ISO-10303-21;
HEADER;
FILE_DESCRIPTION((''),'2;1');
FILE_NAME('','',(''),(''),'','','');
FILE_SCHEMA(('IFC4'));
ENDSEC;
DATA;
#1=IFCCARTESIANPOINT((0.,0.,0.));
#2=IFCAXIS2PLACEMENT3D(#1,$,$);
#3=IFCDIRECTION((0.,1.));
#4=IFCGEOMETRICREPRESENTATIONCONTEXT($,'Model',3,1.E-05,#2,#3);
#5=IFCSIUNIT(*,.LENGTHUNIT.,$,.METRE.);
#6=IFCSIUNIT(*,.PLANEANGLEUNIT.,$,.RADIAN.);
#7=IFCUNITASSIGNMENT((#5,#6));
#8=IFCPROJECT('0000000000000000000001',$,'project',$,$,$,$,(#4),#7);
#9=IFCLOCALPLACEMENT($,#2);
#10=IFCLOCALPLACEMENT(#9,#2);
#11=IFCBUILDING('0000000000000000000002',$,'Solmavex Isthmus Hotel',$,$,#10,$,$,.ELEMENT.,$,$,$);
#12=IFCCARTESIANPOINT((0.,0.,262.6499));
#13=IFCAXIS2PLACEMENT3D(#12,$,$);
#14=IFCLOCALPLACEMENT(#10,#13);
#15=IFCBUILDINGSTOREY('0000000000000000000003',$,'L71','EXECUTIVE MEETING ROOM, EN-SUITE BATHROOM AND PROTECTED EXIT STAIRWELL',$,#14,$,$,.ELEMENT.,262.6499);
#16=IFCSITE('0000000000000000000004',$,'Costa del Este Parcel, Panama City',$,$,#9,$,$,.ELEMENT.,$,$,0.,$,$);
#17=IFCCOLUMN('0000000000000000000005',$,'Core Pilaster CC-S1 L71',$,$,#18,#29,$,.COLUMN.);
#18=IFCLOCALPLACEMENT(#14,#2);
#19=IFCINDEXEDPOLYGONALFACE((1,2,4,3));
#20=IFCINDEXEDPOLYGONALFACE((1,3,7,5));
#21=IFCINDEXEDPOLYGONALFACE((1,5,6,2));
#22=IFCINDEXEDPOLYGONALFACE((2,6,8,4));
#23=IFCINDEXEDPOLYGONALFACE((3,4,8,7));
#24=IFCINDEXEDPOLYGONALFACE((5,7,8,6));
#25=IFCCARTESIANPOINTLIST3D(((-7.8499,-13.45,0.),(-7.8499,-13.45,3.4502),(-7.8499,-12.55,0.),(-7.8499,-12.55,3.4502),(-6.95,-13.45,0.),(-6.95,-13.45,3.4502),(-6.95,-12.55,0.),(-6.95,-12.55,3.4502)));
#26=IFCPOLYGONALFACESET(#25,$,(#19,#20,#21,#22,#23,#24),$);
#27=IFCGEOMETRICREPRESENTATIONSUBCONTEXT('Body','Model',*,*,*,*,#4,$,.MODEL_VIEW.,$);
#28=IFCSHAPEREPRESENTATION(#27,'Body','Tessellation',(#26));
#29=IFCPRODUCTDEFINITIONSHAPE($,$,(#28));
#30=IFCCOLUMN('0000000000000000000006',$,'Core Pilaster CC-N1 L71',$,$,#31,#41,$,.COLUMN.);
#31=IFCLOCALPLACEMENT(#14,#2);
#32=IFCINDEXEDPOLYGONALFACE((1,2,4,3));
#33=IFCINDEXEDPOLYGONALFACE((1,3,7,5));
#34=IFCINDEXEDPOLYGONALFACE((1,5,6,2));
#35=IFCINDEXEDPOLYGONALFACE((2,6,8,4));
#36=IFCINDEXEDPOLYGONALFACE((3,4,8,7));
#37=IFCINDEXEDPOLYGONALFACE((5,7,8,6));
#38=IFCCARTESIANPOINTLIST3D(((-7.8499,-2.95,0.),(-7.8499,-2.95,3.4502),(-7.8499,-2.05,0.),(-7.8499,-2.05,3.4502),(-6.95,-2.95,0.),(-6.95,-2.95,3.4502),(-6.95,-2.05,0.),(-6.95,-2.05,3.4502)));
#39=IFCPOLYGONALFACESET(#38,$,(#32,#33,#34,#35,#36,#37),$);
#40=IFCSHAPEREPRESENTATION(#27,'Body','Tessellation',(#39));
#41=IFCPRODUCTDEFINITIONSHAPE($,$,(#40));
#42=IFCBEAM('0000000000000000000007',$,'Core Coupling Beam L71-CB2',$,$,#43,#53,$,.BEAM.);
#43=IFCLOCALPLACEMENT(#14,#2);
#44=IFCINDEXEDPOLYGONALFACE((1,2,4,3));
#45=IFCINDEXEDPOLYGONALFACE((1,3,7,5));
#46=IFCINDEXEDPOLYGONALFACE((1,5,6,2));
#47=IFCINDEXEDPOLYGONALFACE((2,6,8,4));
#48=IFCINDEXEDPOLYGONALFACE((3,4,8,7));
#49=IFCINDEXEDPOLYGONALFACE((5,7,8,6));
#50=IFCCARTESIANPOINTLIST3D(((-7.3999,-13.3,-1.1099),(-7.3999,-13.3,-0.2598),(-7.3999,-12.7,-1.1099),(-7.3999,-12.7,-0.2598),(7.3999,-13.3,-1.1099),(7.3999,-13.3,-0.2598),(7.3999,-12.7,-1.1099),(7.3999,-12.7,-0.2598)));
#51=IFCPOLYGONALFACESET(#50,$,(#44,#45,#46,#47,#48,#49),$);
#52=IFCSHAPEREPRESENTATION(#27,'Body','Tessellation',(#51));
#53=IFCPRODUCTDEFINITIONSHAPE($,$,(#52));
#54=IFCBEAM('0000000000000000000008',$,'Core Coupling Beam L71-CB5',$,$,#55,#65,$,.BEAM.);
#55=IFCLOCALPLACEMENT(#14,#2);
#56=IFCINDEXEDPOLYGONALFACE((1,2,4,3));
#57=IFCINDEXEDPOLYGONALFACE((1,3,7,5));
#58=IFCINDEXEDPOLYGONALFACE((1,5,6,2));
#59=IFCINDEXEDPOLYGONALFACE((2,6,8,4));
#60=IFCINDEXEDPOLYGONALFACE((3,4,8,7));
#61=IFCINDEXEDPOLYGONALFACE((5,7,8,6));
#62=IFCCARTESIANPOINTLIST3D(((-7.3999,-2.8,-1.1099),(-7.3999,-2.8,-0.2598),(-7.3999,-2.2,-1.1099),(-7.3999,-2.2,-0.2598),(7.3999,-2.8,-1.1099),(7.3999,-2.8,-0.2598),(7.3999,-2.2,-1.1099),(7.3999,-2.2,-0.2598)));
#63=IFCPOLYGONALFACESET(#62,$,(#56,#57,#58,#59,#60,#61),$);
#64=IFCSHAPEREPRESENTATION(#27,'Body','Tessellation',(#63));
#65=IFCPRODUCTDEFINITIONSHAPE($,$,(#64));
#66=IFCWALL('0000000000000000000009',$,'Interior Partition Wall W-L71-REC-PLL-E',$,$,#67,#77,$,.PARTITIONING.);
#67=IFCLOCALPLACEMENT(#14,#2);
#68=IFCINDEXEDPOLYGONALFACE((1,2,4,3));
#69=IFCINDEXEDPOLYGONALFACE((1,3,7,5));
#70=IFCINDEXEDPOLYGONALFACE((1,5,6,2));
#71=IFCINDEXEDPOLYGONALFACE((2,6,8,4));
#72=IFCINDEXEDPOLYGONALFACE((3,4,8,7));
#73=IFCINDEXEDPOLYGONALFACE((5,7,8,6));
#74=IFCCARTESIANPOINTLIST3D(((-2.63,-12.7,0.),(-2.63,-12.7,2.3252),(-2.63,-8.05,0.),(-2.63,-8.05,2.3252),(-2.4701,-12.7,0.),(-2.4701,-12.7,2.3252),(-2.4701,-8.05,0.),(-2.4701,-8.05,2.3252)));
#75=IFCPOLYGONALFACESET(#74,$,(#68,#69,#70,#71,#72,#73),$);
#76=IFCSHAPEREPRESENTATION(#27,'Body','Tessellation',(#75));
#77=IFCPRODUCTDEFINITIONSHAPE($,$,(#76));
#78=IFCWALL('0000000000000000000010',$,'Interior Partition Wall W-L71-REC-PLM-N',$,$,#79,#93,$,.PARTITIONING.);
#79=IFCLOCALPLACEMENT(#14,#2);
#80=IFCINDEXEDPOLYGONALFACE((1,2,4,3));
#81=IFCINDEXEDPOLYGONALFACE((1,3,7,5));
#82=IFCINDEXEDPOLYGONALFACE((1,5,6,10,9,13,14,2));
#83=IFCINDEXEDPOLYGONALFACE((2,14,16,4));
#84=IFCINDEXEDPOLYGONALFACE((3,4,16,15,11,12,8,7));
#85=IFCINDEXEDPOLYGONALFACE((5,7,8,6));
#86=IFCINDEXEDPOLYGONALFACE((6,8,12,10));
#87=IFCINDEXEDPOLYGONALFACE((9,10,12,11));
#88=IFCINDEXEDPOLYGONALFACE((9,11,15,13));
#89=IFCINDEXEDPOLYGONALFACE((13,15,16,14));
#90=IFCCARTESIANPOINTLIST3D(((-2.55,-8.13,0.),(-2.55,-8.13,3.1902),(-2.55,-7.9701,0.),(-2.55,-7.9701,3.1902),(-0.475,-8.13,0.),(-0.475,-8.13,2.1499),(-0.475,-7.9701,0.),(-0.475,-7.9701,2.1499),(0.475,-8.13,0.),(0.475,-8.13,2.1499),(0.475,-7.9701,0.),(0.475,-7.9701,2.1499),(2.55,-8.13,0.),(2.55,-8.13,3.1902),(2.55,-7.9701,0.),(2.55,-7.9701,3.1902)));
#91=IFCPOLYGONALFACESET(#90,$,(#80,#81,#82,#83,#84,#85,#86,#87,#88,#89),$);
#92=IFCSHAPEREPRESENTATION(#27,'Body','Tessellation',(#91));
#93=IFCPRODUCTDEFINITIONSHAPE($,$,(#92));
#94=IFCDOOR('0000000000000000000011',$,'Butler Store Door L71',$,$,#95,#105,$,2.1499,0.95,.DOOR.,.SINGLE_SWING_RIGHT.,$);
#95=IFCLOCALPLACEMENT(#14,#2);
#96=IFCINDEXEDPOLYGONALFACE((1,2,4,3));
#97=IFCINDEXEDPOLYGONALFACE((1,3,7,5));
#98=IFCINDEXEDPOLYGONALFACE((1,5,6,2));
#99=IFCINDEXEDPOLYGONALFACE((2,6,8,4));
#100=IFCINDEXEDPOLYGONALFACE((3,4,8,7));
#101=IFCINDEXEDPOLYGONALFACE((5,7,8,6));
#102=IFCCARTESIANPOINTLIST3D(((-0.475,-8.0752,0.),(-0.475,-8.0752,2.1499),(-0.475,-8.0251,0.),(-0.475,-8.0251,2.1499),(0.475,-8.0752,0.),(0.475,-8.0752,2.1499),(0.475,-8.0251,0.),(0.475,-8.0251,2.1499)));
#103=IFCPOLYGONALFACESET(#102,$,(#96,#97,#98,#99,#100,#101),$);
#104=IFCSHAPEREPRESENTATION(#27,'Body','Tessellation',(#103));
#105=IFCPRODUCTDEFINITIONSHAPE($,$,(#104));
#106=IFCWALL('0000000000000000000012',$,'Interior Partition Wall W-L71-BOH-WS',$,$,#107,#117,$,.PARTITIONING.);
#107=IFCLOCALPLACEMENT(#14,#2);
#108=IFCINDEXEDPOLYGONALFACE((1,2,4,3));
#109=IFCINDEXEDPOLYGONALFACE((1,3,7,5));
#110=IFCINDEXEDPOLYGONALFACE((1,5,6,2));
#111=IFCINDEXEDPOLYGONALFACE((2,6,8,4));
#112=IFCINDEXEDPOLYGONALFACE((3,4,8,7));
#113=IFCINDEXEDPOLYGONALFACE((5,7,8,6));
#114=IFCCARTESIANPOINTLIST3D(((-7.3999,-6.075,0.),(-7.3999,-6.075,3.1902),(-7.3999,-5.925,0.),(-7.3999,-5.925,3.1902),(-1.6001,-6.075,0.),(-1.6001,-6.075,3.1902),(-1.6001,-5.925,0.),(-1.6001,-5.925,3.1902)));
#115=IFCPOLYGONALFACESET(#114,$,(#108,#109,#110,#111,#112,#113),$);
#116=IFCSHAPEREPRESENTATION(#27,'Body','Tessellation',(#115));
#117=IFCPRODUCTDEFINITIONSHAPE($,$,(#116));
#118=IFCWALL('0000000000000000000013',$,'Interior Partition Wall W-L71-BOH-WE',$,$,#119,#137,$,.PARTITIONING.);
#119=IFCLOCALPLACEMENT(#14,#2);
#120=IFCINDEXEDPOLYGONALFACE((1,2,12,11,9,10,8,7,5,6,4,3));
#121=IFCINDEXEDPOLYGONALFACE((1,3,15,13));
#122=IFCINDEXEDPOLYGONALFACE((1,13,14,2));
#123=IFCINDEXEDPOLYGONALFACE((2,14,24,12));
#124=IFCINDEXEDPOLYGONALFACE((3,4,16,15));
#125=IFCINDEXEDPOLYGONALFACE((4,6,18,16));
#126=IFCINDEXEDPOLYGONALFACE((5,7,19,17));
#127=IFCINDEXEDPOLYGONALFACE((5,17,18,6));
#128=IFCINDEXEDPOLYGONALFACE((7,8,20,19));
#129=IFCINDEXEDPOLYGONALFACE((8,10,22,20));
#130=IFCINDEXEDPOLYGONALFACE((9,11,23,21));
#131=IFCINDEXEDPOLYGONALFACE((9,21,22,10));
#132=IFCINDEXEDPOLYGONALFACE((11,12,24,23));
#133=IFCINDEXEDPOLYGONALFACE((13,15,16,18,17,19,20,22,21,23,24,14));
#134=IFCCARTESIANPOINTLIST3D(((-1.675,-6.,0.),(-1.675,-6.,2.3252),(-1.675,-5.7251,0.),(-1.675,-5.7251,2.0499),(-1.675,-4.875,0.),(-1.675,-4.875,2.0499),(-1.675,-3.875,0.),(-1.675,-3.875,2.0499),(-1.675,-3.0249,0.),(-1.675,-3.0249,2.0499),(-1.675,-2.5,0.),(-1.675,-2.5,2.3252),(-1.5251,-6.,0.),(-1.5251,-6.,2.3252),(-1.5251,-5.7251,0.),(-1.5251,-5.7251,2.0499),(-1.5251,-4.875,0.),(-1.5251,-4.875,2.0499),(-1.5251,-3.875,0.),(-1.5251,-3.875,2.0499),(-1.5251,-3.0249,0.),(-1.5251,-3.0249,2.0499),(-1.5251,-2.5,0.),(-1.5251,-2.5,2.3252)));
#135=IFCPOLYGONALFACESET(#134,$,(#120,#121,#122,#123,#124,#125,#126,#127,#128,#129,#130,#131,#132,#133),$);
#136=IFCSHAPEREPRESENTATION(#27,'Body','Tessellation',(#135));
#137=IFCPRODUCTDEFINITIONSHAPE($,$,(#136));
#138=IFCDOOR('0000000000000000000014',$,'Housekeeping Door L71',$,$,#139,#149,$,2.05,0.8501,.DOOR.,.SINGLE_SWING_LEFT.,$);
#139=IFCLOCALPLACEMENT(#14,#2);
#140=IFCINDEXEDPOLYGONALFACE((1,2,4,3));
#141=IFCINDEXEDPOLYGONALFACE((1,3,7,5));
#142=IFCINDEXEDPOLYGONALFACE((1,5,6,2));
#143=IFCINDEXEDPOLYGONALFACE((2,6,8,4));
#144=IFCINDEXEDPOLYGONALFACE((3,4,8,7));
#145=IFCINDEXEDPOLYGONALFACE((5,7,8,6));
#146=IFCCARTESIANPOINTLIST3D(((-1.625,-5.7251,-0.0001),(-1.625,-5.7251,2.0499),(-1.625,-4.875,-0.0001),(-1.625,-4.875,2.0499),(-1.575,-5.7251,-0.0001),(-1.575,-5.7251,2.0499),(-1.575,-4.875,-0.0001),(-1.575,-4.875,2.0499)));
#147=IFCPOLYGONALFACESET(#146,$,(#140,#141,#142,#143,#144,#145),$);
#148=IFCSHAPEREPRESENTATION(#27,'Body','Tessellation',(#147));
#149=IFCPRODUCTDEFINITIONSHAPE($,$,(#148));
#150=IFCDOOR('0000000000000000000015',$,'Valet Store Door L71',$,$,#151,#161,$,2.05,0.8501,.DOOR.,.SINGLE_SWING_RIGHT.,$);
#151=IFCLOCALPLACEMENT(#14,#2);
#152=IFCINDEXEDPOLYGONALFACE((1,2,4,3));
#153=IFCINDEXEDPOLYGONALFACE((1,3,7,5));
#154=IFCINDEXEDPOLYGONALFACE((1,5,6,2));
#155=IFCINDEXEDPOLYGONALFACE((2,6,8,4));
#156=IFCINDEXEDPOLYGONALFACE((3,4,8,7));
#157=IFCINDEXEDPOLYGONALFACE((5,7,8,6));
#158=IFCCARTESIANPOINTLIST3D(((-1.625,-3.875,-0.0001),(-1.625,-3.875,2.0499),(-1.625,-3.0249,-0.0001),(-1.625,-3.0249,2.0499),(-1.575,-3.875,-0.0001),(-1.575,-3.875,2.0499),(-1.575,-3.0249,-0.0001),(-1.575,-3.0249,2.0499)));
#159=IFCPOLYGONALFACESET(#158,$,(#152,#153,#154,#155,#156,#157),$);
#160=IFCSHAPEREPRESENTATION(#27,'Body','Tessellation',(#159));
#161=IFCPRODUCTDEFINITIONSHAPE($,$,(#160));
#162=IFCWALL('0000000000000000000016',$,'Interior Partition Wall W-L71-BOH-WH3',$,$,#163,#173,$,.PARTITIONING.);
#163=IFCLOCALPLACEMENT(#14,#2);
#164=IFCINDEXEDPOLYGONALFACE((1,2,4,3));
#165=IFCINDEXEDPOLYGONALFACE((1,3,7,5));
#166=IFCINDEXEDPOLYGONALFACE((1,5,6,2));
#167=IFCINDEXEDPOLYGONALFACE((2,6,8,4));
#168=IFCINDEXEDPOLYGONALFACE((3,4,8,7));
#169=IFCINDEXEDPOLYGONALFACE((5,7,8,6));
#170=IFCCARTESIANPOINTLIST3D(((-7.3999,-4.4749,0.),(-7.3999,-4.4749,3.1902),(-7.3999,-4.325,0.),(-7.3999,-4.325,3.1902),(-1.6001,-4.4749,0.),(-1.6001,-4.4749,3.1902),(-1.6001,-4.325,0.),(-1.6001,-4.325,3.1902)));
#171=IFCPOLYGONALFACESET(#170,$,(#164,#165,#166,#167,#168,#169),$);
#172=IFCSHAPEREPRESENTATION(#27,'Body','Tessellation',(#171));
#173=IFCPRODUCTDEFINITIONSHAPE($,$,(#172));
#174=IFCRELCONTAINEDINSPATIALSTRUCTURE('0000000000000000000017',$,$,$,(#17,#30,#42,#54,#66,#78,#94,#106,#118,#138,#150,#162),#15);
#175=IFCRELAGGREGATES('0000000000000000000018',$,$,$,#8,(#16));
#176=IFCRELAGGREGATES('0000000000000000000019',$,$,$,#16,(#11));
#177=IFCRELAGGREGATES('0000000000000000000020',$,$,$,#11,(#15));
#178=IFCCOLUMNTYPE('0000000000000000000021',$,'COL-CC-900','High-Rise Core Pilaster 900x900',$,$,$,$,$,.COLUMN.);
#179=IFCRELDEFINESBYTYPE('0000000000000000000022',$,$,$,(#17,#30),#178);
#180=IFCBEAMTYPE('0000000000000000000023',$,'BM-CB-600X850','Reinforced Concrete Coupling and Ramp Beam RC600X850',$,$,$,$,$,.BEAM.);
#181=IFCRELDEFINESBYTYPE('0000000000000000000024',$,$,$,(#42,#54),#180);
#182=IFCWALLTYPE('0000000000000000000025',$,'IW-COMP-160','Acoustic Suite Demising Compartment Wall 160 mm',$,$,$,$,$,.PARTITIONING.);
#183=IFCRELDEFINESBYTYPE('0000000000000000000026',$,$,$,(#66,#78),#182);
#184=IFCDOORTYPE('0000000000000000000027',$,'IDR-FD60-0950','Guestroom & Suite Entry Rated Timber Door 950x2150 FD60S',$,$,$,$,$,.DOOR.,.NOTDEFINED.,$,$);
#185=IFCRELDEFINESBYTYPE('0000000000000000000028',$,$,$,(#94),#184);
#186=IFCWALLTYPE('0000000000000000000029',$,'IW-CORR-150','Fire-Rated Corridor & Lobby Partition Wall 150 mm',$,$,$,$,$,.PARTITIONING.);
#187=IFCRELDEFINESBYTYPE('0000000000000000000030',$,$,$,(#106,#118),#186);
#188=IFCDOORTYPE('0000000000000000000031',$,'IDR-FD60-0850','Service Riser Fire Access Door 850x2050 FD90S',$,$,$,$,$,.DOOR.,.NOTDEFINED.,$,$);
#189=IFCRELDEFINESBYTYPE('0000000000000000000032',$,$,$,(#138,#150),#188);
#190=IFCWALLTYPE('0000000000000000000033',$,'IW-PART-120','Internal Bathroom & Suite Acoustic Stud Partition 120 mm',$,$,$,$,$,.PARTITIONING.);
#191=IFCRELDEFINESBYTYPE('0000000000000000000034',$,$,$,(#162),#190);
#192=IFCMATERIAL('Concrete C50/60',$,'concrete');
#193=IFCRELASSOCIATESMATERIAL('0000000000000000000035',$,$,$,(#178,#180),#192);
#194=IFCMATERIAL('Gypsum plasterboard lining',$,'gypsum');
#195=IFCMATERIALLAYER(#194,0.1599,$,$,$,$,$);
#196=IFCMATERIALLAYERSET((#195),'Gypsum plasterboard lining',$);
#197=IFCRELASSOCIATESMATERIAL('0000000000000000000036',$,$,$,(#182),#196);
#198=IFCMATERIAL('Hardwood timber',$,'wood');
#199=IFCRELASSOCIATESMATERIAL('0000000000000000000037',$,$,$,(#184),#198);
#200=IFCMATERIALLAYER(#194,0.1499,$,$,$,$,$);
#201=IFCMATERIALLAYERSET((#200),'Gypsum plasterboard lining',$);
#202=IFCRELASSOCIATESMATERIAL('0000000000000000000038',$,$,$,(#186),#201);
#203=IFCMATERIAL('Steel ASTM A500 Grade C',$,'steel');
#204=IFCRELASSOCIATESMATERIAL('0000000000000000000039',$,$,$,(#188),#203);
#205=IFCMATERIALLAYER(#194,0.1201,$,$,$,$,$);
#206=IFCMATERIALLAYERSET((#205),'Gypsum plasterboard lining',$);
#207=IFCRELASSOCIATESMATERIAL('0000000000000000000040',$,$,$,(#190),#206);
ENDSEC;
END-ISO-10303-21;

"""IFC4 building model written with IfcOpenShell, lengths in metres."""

from ifc_helpers import new_model, si_unit, direction, frame, frame_2d, origin, origin_2d, place, context, subcontext, project, spatial, rectangle, extrude, material, layer, layer_set, material_profile, profile_set, type_object, element, fill, save


model = new_model("IFC4")

# Units and contexts
model_context = context("Model", 3, precision=1e-05, world=origin(), true_north=direction((0.0, 1.0)))
body_context = subcontext(model_context, "Body", "Model", "MODEL_VIEW")
ifc_project = project(units=[si_unit("LENGTHUNIT", "METRE"), si_unit("PLANEANGLEUNIT", "RADIAN")], contexts=[model_context])

# Site, building, storey
site_placement = place(None, origin())
site = spatial("IfcSite", under=ifc_project, at=site_placement, Name="Costa del Este Parcel, Panama City", CompositionType="ELEMENT", RefElevation=0.0)
building_placement = place(site_placement, origin())
building = spatial("IfcBuilding", under=site, at=building_placement, Name="Solmavex Isthmus Hotel", CompositionType="ELEMENT")
storey_placement = place(building_placement, frame((0.0, 0.0, 262.6499)))
storey = spatial("IfcBuildingStorey", under=building, at=storey_placement, Name="L71", Description="EXECUTIVE MEETING ROOM, EN-SUITE BATHROOM AND PROTECTED EXIT STAIRWELL", CompositionType="ELEMENT", Elevation=262.6499)

# Columns
ifc_material_1 = material(Name="Concrete C50/60", Category="concrete")
ifc_material_profile_1 = material_profile(ifc_material_1, rectangle(XDim=0.8999, YDim=0.8999, at=origin_2d()), Name="RC900X900")
ifc_profile_set_1 = profile_set([ifc_material_profile_1], Name="Concrete C50/60")
column_type = type_object("IfcColumnType", Name="COL-CC-900", Description="High-Rise Core Pilaster 900x900", PredefinedType="COLUMN", material=ifc_profile_set_1)
for number, where, z_axis, x_axis, name in (
    (1, (-7.3999, -13.0, 0.0), (0.0, 0.0, 1.0), (1.0, 0.0, 0.0), "Core Pilaster CC-S1 L71"),
    (2, (-7.3999, -2.5, 0.0), (0.0, 0.0, 1.0), (1.0, 0.0, 0.0), "Core Pilaster CC-N1 L71"),
):
    element("IfcColumn", number, at=place(storey_placement, frame(where, z_axis=z_axis, x_axis=x_axis)), inside=storey, type_object=column_type, Name=name, PredefinedType="COLUMN", context=body_context, shape_type="SweptSolid", body=[
        extrude(rectangle(XDim=0.8999, YDim=0.8999, at=origin_2d()), origin(), (0.0, 0.0, 1.0), 3.4502),
    ])

# Beams
ifc_material_profile_2 = material_profile(ifc_material_1, rectangle(XDim=0.6001, YDim=0.8501, at=origin_2d()), Name="RC600X850")
ifc_profile_set_2 = profile_set([ifc_material_profile_2], Name="Concrete C50/60")
beam_type = type_object("IfcBeamType", Name="BM-CB-600X850", Description="Reinforced Concrete Coupling and Ramp Beam RC600X850", PredefinedType="BEAM", material=ifc_profile_set_2)
for number, where, z_axis, x_axis, name in (
    (3, (-7.3999, -13.0, -0.6848), (1.0, 0.0, 0.0), (0.0, 1.0, 0.0), "Core Coupling Beam L71-CB2"),
    (4, (-7.3999, -2.5, -0.6848), (1.0, 0.0, 0.0), (0.0, 1.0, 0.0), "Core Coupling Beam L71-CB5"),
):
    element("IfcBeam", number, at=place(storey_placement, frame(where, z_axis=z_axis, x_axis=x_axis)), inside=storey, type_object=beam_type, Name=name, PredefinedType="BEAM", context=body_context, shape_type="SweptSolid", body=[
        extrude(rectangle(XDim=0.6001, YDim=0.8501, at=origin_2d()), origin(), (0.0, 0.0, 1.0), 14.7998),
    ])

# Shared definitions
ifc_material_2 = material(Name="Gypsum plasterboard lining", Category="gypsum")
ifc_layer_1 = layer(ifc_material_2, 0.1599)
ifc_layer_set_1 = layer_set([ifc_layer_1], Name="Gypsum plasterboard lining")
wall_type_1 = type_object("IfcWallType", Name="IW-COMP-160", Description="Acoustic Suite Demising Compartment Wall 160 mm", PredefinedType="PARTITIONING", material=ifc_layer_set_1)
ifc_material_3 = material(Name="Hardwood timber", Category="wood")
door_type_1 = type_object("IfcDoorType", Name="IDR-FD60-0950", Description="Guestroom & Suite Entry Rated Timber Door 950x2150 FD60S", OperationType="NOTDEFINED", PredefinedType="DOOR", material=ifc_material_3)

# Wall
wall_1_placement = place(storey_placement, frame((-2.55, -12.7, 0.0), z_axis=(0.0, 0.0, 1.0), x_axis=(0.0, 1.0, 0.0)))
element("IfcWall", 5, at=wall_1_placement, inside=storey, type_object=wall_type_1, Name="Interior Partition Wall W-L71-REC-PLL-E", PredefinedType="PARTITIONING", context=body_context, shape_type="SweptSolid", body=[
    extrude(rectangle(XDim=4.6499, YDim=0.1599, at=frame_2d((2.325, 0.0))), origin(), (0.0, 0.0, 1.0), 2.3252),
])

# Wall, opening, door
wall_2_placement = place(storey_placement, frame((-2.55, -8.05, 0.0), z_axis=(0.0, 0.0, 1.0), x_axis=(1.0, 0.0, 0.0)))
wall_2 = element("IfcWall", 6, at=wall_2_placement, inside=storey, type_object=wall_type_1, Name="Interior Partition Wall W-L71-REC-PLM-N", PredefinedType="PARTITIONING", context=body_context, shape_type="SweptSolid", body=[
    extrude(rectangle(XDim=5.1001, YDim=0.1599, at=frame_2d((2.55, 0.0))), origin(), (0.0, 0.0, 1.0), 3.1902),
])
opening_1_placement = place(wall_2_placement, frame((2.075, 0.0, 0.0)))
opening_1 = element("IfcOpeningElement", 7, at=opening_1_placement, cuts=wall_2, PredefinedType="OPENING", context=body_context, shape_type="SweptSolid", body=[
    extrude(rectangle(XDim=0.95, YDim=2.1499, at=frame_2d((0.4751, 1.075))), frame((0.0, 0.0898, 0.0), z_axis=(0.0, -1.0, 0.0), x_axis=(1.0, 0.0, 0.0)), (0.0, 0.0, 1.0), 0.1799),
])
door_1_placement = place(opening_1_placement, origin())
door_1 = element("IfcDoor", 8, at=door_1_placement, inside=storey, type_object=door_type_1, Name="Butler Store Door L71", OperationType="SINGLE_SWING_RIGHT", OverallHeight=2.1499, OverallWidth=0.95, PredefinedType="DOOR", context=body_context, shape_type="SweptSolid", body=[
    extrude(rectangle(XDim=0.95, YDim=2.1499, at=frame_2d((0.4751, 1.075))), frame((0.0, 0.0249, 0.0), z_axis=(0.0, -1.0, 0.0), x_axis=(1.0, 0.0, 0.0)), (0.0, 0.0, 1.0), 0.05),
])
fill(opening_1, door_1)

# Wall
ifc_layer_2 = layer(ifc_material_2, 0.1499)
ifc_layer_set_2 = layer_set([ifc_layer_2], Name="Gypsum plasterboard lining")
wall_type_2 = type_object("IfcWallType", Name="IW-CORR-150", Description="Fire-Rated Corridor & Lobby Partition Wall 150 mm", PredefinedType="PARTITIONING", material=ifc_layer_set_2)
wall_3_placement = place(storey_placement, frame((-7.3999, -6.0, 0.0), z_axis=(0.0, 0.0, 1.0), x_axis=(1.0, 0.0, 0.0)))
element("IfcWall", 9, at=wall_3_placement, inside=storey, type_object=wall_type_2, Name="Interior Partition Wall W-L71-BOH-WS", PredefinedType="PARTITIONING", context=body_context, shape_type="SweptSolid", body=[
    extrude(rectangle(XDim=5.7998, YDim=0.1499, at=frame_2d((2.8999, 0.0))), origin(), (0.0, 0.0, 1.0), 3.1902),
])

# Wall, openings, doors
wall_4_placement = place(storey_placement, frame((-1.6001, -6.0, 0.0), z_axis=(0.0, 0.0, 1.0), x_axis=(0.0, 1.0, 0.0)))
wall_4 = element("IfcWall", 10, at=wall_4_placement, inside=storey, type_object=wall_type_2, Name="Interior Partition Wall W-L71-BOH-WE", PredefinedType="PARTITIONING", context=body_context, shape_type="SweptSolid", body=[
    extrude(rectangle(XDim=3.5, YDim=0.1499, at=frame_2d((1.75, 0.0))), origin(), (0.0, 0.0, 1.0), 2.3252),
])
opening_2_placement = place(wall_4_placement, frame((0.2749, 0.0, 0.0)))
opening_2 = element("IfcOpeningElement", 11, at=opening_2_placement, cuts=wall_4, PredefinedType="OPENING", context=body_context, shape_type="SweptSolid", body=[
    extrude(rectangle(XDim=0.8501, YDim=2.05, at=frame_2d((0.425, 1.0249))), frame((0.0, 0.085, 0.0), z_axis=(0.0, -1.0, 0.0), x_axis=(1.0, 0.0, 0.0)), (0.0, 0.0, 1.0), 0.1699),
])
opening_3_placement = place(wall_4_placement, frame((2.125, 0.0, 0.0)))
opening_3 = element("IfcOpeningElement", 12, at=opening_3_placement, cuts=wall_4, PredefinedType="OPENING", context=body_context, shape_type="SweptSolid", body=[
    extrude(rectangle(XDim=0.8501, YDim=2.05, at=frame_2d((0.425, 1.0249))), frame((0.0, 0.085, 0.0), z_axis=(0.0, -1.0, 0.0), x_axis=(1.0, 0.0, 0.0)), (0.0, 0.0, 1.0), 0.1699),
])
ifc_material_4 = material(Name="Steel ASTM A500 Grade C", Category="steel")
door_type_2 = type_object("IfcDoorType", Name="IDR-FD60-0850", Description="Service Riser Fire Access Door 850x2050 FD90S", OperationType="NOTDEFINED", PredefinedType="DOOR", material=ifc_material_4)
door_2_placement = place(opening_2_placement, origin())
door_2 = element("IfcDoor", 13, at=door_2_placement, inside=storey, type_object=door_type_2, Name="Housekeeping Door L71", OperationType="SINGLE_SWING_LEFT", OverallHeight=2.05, OverallWidth=0.8501, PredefinedType="DOOR", context=body_context, shape_type="SweptSolid", body=[
    extrude(rectangle(XDim=0.8501, YDim=2.05, at=frame_2d((0.425, 1.0249))), frame((0.0, 0.0249, 0.0), z_axis=(0.0, -1.0, 0.0), x_axis=(1.0, 0.0, 0.0)), (0.0, 0.0, 1.0), 0.05),
])
fill(opening_2, door_2)
door_3_placement = place(opening_3_placement, origin())
door_3 = element("IfcDoor", 14, at=door_3_placement, inside=storey, type_object=door_type_2, Name="Valet Store Door L71", OperationType="SINGLE_SWING_RIGHT", OverallHeight=2.05, OverallWidth=0.8501, PredefinedType="DOOR", context=body_context, shape_type="SweptSolid", body=[
    extrude(rectangle(XDim=0.8501, YDim=2.05, at=frame_2d((0.425, 1.0249))), frame((0.0, 0.0249, 0.0), z_axis=(0.0, -1.0, 0.0), x_axis=(1.0, 0.0, 0.0)), (0.0, 0.0, 1.0), 0.05),
])
fill(opening_3, door_3)

# Wall
ifc_layer_3 = layer(ifc_material_2, 0.1201)
ifc_layer_set_3 = layer_set([ifc_layer_3], Name="Gypsum plasterboard lining")
wall_type_3 = type_object("IfcWallType", Name="IW-PART-120", Description="Internal Bathroom & Suite Acoustic Stud Partition 120 mm", PredefinedType="PARTITIONING", material=ifc_layer_set_3)
wall_5_placement = place(storey_placement, frame((-7.3999, -4.3999, 0.0), z_axis=(0.0, 0.0, 1.0), x_axis=(1.0, 0.0, 0.0)))
element("IfcWall", 15, at=wall_5_placement, inside=storey, type_object=wall_type_3, Name="Interior Partition Wall W-L71-BOH-WH3", PredefinedType="PARTITIONING", context=body_context, shape_type="SweptSolid", body=[
    extrude(rectangle(XDim=5.7998, YDim=0.1499, at=frame_2d((2.8999, 0.0))), origin(), (0.0, 0.0, 1.0), 3.1902),
])

save(model, "model.ifc")
